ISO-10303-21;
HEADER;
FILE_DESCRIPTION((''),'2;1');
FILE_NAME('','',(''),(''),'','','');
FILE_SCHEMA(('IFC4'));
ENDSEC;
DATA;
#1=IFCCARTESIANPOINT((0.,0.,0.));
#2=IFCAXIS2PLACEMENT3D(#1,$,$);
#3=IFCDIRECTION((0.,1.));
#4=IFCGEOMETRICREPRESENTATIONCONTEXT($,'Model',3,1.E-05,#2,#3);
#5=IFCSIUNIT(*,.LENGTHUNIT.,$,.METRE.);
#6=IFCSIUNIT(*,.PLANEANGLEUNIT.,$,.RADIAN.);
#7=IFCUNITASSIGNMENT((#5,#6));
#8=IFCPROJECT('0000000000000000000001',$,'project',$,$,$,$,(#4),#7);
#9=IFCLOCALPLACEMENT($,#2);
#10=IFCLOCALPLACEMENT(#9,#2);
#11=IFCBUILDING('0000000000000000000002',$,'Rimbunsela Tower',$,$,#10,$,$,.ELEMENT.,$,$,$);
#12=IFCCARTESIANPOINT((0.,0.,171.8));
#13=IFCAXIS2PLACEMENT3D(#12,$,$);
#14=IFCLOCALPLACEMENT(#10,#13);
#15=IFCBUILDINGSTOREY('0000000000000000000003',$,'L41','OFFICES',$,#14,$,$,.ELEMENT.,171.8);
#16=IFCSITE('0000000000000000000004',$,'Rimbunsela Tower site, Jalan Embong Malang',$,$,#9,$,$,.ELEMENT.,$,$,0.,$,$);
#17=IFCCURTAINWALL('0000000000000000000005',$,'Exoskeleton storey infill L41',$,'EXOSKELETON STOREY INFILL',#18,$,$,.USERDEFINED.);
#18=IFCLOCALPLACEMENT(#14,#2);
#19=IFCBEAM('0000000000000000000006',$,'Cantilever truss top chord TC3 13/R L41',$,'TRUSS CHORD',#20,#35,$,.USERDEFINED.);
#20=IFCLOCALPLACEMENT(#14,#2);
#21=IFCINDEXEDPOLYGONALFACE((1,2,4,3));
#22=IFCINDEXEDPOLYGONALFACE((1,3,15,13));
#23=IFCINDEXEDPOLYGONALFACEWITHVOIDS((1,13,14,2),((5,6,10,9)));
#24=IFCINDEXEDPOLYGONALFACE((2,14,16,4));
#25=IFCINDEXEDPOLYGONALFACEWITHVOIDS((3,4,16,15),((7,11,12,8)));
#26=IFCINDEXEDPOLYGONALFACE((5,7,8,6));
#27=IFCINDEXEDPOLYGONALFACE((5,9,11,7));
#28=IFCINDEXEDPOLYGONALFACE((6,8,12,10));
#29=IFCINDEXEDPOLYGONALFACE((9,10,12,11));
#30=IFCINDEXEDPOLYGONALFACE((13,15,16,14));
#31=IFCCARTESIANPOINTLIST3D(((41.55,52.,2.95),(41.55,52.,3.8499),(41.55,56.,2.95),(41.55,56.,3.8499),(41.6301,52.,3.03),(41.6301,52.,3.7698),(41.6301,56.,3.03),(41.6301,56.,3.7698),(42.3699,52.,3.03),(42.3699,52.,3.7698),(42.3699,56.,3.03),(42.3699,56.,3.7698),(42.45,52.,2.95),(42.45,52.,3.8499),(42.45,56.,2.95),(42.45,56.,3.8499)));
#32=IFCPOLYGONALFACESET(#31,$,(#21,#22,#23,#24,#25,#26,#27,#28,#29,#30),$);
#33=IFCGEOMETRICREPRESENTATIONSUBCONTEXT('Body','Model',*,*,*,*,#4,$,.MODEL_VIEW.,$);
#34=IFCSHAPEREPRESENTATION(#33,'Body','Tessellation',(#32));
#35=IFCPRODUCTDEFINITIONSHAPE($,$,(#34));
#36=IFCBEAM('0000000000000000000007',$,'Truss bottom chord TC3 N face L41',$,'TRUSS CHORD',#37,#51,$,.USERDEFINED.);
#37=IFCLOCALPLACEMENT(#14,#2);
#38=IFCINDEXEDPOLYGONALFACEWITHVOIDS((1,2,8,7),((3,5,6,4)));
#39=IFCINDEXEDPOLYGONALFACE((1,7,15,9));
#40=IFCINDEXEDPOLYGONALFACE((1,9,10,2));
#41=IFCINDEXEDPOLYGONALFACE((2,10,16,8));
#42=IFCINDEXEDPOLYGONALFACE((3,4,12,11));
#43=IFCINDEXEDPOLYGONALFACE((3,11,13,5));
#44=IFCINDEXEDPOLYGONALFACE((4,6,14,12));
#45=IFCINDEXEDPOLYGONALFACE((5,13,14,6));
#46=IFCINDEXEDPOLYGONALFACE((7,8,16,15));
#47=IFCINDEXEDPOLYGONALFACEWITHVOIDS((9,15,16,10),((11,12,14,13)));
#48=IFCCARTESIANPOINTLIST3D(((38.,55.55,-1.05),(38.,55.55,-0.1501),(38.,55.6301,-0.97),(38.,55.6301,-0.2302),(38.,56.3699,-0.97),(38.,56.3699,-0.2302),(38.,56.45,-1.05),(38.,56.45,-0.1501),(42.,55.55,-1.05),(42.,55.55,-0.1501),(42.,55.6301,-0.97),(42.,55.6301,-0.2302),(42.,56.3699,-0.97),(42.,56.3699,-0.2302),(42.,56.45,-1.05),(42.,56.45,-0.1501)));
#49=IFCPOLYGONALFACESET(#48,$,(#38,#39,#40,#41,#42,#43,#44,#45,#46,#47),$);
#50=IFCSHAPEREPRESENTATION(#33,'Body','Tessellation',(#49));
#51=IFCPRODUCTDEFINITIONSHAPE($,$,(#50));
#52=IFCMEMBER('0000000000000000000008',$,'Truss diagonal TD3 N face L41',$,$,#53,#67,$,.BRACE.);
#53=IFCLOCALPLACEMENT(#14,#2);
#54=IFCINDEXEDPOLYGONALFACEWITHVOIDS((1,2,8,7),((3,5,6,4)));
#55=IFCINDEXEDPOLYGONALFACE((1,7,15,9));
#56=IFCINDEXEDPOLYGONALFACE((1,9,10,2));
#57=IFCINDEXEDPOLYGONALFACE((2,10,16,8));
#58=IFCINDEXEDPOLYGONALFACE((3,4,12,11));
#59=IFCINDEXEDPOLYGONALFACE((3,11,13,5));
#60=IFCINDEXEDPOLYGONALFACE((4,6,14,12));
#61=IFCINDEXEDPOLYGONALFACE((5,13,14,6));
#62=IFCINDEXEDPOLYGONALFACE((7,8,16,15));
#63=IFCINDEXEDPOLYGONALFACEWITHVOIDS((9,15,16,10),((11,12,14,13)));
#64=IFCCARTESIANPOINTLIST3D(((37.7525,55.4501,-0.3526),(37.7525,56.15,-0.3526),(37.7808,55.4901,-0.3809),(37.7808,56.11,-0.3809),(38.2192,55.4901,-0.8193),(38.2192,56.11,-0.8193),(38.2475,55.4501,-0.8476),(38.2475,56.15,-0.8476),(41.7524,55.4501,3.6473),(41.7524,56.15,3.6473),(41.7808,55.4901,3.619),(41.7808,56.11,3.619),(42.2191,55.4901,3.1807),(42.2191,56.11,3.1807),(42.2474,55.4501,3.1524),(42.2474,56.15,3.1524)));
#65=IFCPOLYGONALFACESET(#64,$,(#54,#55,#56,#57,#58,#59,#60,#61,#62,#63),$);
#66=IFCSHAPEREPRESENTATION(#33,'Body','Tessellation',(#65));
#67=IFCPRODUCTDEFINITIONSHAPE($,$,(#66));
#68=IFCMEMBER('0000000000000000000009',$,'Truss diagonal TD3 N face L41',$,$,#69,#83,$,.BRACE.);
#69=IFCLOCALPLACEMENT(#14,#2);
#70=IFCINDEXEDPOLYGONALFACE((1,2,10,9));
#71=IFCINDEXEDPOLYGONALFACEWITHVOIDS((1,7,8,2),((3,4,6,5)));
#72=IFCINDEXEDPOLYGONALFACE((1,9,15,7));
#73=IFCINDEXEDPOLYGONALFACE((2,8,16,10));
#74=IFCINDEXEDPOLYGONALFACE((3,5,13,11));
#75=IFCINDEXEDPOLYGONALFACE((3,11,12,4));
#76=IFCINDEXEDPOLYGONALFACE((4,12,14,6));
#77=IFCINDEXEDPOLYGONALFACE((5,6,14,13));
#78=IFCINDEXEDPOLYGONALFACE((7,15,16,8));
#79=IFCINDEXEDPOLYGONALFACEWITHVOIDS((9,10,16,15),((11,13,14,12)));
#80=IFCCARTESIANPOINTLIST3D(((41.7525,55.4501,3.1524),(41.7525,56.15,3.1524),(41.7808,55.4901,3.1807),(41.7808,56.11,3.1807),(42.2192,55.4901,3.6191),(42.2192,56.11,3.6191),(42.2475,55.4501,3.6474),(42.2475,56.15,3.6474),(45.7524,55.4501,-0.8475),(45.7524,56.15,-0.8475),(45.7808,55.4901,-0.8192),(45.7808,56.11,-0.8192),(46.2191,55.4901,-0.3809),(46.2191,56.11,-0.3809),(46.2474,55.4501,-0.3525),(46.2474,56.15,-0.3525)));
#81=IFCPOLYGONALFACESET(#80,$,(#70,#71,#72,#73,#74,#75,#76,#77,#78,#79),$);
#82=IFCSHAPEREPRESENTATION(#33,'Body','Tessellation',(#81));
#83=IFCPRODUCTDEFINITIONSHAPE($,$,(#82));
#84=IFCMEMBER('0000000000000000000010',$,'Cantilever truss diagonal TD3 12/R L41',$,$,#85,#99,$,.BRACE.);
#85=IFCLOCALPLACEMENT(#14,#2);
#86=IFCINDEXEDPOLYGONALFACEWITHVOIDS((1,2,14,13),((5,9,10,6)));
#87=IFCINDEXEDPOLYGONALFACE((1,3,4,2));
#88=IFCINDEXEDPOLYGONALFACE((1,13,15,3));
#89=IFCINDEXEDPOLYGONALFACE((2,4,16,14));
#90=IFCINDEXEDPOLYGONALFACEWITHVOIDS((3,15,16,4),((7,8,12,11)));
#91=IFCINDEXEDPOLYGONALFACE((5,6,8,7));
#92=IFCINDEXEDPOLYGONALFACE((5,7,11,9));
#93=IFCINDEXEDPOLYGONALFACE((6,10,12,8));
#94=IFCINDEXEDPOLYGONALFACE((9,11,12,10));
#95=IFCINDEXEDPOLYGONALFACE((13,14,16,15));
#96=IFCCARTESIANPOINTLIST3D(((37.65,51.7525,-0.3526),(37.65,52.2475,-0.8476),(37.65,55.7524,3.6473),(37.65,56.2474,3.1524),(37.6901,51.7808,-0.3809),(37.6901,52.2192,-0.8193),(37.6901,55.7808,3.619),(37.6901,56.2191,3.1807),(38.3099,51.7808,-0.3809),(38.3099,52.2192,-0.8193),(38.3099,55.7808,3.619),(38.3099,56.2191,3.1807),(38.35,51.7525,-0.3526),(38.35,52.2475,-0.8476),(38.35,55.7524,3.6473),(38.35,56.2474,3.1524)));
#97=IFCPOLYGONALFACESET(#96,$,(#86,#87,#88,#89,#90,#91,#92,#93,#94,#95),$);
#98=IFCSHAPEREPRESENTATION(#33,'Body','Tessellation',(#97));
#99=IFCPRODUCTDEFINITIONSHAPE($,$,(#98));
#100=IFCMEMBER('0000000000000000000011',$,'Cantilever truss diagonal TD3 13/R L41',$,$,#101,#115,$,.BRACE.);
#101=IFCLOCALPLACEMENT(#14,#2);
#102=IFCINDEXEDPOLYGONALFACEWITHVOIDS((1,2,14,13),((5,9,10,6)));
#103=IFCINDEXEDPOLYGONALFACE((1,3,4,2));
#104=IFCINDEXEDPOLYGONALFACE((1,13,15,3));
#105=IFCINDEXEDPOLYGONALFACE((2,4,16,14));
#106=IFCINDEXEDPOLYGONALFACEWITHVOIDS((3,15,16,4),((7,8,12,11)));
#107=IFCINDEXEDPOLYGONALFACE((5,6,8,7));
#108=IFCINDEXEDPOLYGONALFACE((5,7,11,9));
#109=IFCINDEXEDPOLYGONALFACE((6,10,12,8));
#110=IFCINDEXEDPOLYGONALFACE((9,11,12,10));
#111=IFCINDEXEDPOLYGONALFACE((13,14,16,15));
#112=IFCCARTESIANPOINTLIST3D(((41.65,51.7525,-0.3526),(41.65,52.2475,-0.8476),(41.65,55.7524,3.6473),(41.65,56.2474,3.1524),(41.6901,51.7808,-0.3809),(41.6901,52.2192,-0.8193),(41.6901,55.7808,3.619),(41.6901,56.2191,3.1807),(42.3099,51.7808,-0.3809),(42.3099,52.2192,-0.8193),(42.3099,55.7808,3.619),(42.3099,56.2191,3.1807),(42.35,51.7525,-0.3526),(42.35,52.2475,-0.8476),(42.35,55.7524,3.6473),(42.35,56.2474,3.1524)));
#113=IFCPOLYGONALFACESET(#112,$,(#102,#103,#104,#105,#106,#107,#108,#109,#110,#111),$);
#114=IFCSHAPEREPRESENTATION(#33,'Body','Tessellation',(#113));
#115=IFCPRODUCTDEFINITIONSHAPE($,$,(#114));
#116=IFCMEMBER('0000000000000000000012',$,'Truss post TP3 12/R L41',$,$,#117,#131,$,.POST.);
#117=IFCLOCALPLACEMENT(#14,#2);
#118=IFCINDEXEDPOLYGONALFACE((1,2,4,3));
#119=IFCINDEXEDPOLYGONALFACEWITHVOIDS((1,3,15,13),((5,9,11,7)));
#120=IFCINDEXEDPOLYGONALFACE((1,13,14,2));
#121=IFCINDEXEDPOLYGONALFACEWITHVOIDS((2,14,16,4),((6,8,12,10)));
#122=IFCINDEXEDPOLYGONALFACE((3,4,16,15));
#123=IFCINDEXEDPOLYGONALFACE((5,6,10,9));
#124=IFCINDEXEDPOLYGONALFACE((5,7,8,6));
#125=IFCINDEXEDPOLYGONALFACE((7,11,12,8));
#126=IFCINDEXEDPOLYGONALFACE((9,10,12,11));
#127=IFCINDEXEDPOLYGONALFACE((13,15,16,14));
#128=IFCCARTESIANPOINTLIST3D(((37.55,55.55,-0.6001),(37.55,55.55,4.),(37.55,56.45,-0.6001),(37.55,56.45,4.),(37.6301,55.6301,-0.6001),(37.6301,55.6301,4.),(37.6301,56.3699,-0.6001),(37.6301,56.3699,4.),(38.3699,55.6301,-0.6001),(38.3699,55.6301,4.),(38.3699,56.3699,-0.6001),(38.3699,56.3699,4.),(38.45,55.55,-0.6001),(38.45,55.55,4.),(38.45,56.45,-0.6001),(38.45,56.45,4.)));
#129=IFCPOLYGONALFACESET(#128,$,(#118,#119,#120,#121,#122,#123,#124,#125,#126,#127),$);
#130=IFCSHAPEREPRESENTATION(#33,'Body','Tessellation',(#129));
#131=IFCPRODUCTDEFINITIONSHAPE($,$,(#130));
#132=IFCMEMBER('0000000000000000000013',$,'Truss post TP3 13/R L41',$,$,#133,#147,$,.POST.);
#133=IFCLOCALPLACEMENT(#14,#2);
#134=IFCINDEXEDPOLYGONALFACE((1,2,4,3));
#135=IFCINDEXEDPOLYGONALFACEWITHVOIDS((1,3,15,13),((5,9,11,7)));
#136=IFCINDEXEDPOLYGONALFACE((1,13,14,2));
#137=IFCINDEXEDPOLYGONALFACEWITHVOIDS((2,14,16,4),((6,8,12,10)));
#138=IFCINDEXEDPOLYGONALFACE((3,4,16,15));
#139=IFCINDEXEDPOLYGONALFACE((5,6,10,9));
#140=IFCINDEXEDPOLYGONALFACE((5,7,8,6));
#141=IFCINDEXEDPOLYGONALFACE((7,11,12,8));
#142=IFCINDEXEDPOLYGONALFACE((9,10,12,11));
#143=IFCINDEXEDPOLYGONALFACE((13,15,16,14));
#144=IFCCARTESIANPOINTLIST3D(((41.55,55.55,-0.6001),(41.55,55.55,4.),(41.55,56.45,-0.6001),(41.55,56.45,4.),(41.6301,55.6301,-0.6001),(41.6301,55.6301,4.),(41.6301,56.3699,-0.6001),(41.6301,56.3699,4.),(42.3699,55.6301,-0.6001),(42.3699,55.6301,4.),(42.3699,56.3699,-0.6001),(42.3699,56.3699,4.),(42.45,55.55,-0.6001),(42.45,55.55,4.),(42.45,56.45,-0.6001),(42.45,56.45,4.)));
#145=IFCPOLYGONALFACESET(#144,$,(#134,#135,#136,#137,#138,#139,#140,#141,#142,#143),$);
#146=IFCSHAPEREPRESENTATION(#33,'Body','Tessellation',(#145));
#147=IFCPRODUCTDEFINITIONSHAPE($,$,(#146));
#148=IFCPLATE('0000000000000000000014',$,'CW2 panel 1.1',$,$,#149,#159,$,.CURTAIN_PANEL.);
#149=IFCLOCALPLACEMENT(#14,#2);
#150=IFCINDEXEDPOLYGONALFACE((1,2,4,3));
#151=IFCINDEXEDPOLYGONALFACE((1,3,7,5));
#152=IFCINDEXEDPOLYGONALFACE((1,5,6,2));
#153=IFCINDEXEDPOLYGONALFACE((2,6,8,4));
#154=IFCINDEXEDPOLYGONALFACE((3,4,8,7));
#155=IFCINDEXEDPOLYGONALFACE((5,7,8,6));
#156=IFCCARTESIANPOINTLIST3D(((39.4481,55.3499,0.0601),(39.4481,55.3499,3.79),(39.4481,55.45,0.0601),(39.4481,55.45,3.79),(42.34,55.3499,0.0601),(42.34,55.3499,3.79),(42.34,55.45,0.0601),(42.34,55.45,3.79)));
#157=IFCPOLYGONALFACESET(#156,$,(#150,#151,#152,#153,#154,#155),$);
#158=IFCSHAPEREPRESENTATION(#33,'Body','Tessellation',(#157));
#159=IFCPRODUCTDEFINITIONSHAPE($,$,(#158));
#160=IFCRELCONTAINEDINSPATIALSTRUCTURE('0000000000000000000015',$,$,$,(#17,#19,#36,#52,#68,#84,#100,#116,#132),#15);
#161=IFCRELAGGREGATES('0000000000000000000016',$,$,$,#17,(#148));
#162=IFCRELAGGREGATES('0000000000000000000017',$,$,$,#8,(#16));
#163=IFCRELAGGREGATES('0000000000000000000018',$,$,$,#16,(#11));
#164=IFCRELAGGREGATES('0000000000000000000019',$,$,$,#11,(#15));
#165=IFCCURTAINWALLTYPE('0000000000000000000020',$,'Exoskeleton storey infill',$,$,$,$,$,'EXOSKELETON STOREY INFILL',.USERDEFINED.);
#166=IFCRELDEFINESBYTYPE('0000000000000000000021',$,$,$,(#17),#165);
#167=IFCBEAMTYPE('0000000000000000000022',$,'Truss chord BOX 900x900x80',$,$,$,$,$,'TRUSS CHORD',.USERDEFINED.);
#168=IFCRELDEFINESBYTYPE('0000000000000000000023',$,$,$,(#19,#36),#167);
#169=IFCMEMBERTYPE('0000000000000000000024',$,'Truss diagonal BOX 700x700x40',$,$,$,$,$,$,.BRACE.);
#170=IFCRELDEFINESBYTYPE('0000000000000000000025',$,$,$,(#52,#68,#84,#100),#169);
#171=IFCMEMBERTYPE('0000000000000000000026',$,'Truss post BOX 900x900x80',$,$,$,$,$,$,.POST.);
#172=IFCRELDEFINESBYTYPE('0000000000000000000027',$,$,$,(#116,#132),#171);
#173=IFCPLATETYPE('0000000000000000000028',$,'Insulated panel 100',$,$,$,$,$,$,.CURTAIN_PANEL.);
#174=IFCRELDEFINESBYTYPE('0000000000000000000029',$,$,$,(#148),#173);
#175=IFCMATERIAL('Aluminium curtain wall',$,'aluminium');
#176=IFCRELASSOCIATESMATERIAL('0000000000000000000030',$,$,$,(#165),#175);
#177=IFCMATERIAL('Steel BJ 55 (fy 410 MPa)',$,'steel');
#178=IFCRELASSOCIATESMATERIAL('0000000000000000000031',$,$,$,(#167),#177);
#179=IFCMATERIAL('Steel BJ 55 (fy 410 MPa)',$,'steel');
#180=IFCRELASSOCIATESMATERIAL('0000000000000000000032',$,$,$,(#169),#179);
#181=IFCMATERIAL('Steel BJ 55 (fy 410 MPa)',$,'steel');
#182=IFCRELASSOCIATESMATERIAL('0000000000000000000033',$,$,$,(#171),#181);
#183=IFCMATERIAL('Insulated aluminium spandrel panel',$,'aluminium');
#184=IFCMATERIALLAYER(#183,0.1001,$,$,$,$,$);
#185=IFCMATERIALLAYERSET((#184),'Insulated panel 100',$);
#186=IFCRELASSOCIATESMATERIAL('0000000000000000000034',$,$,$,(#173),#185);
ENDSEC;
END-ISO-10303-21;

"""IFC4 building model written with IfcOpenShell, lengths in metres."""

from ifc_helpers import new_model, si_unit, direction, frame, origin, origin_2d, place, context, subcontext, project, spatial, rectangle, hollow_rectangle, extrude, material, layer, layer_set, material_profile, profile_set, type_object, element, aggregate, save


model = new_model("IFC4")

# Units and contexts
model_context = context("Model", 3, precision=1e-05, world=origin(), true_north=direction((0.0, 1.0)))
body_context = subcontext(model_context, "Body", "Model", "MODEL_VIEW")
ifc_project = project(units=[si_unit("LENGTHUNIT", "METRE"), si_unit("PLANEANGLEUNIT", "RADIAN")], contexts=[model_context])

# Site, building, storey
site_placement = place(None, origin())
site = spatial("IfcSite", under=ifc_project, at=site_placement, Name="Rimbunsela Tower site, Jalan Embong Malang", CompositionType="ELEMENT", RefElevation=0.0)
building_placement = place(site_placement, origin())
building = spatial("IfcBuilding", under=site, at=building_placement, Name="Rimbunsela Tower", CompositionType="ELEMENT")
storey_placement = place(building_placement, frame((0.0, 0.0, 171.8)))
storey = spatial("IfcBuildingStorey", under=building, at=storey_placement, Name="L41", Description="OFFICES", CompositionType="ELEMENT", Elevation=171.8)

# Curtain wall
ifc_material_1 = material(Name="Aluminium curtain wall", Category="aluminium")
curtain_wall_type = type_object("IfcCurtainWallType", Name="Exoskeleton storey infill", ElementType="EXOSKELETON STOREY INFILL", PredefinedType="USERDEFINED", material=ifc_material_1)
curtain_wall_placement = place(storey_placement, origin())
curtain_wall = element("IfcCurtainWall", 1, at=curtain_wall_placement, inside=storey, type_object=curtain_wall_type, Name="Exoskeleton storey infill L41", ObjectType="EXOSKELETON STOREY INFILL", PredefinedType="USERDEFINED")

# Beams
ifc_material_2 = material(Name="Steel BJ 55 (fy 410 MPa)", Category="steel")
ifc_material_profile_1 = material_profile(ifc_material_2, hollow_rectangle(XDim=0.8999, YDim=0.8999, WallThickness=0.0801, at=origin_2d()), Name="BOX 900x900x80")
ifc_profile_set_1 = profile_set([ifc_material_profile_1], Name="Steel BJ 55 (fy 410 MPa)")
beam_type_1 = type_object("IfcBeamType", Name="Truss chord BOX 900x900x80", ElementType="TRUSS CHORD", PredefinedType="USERDEFINED", material=ifc_profile_set_1)
for number, where, z_axis, x_axis, name in (
    (2, (42.0, 52.0, 3.3999), (0.0, 1.0, 0.0), (-1.0, 0.0, 0.0), "Cantilever truss top chord TC3 13/R L41"),
    (3, (38.0, 56.0, -0.6001), (1.0, 0.0, 0.0), (0.0, 1.0, 0.0), "Truss bottom chord TC3 N face L41"),
):
    element("IfcBeam", number, at=place(storey_placement, frame(where, z_axis=z_axis, x_axis=x_axis)), inside=storey, type_object=beam_type_1, Name=name, ObjectType="TRUSS CHORD", PredefinedType="USERDEFINED", context=body_context, shape_type="SweptSolid", body=[
        extrude(hollow_rectangle(XDim=0.8999, YDim=0.8999, WallThickness=0.0801, at=origin_2d()), origin(), (0.0, 0.0, 1.0), 4.0),
    ])

# Members
ifc_material_3 = material(Name="Steel BJ 55 (fy 410 MPa)", Category="steel")
ifc_material_profile_2 = material_profile(ifc_material_3, hollow_rectangle(XDim=0.7, YDim=0.7, WallThickness=0.04, at=origin_2d()), Name="BOX 700x700x40")
ifc_profile_set_2 = profile_set([ifc_material_profile_2], Name="Steel BJ 55 (fy 410 MPa)")
member_type_1 = type_object("IfcMemberType", Name="Truss diagonal BOX 700x700x40", PredefinedType="BRACE", material=ifc_profile_set_2)
for number, where, z_axis, x_axis, name in (
    (4, (38.0, 55.8, -0.6001), (0.707107, 0.0, 0.707107), (0.0, 1.0, 0.0), "Truss diagonal TD3 N face L41"),
    (5, (42.0, 55.8, 3.3999), (0.707107, 0.0, -0.707107), (0.0, 1.0, 0.0), "Truss diagonal TD3 N face L41"),
    (6, (38.0, 52.0, -0.6001), (0.0, 0.707107, 0.707107), (-1.0, 0.0, 0.0), "Cantilever truss diagonal TD3 12/R L41"),
    (7, (42.0, 52.0, -0.6001), (0.0, 0.707107, 0.707107), (-1.0, 0.0, 0.0), "Cantilever truss diagonal TD3 13/R L41"),
):
    element("IfcMember", number, at=place(storey_placement, frame(where, z_axis=z_axis, x_axis=x_axis)), inside=storey, type_object=member_type_1, Name=name, PredefinedType="BRACE", context=body_context, shape_type="SweptSolid", body=[
        extrude(hollow_rectangle(XDim=0.7, YDim=0.7, WallThickness=0.04, at=origin_2d()), origin(), (0.0, 0.0, 1.0), 5.6567),
    ])
ifc_material_4 = material(Name="Steel BJ 55 (fy 410 MPa)", Category="steel")
ifc_material_profile_3 = material_profile(ifc_material_4, hollow_rectangle(XDim=0.8999, YDim=0.8999, WallThickness=0.0801, at=origin_2d()), Name="BOX 900x900x80")
ifc_profile_set_3 = profile_set([ifc_material_profile_3], Name="Steel BJ 55 (fy 410 MPa)")
member_type_2 = type_object("IfcMemberType", Name="Truss post BOX 900x900x80", PredefinedType="POST", material=ifc_profile_set_3)
for number, where, z_axis, x_axis, name in (
    (8, (38.0, 56.0, -0.6001), (0.0, 0.0, 1.0), (1.0, 0.0, 0.0), "Truss post TP3 12/R L41"),
    (9, (42.0, 56.0, -0.6001), (0.0, 0.0, 1.0), (1.0, 0.0, 0.0), "Truss post TP3 13/R L41"),
):
    element("IfcMember", number, at=place(storey_placement, frame(where, z_axis=z_axis, x_axis=x_axis)), inside=storey, type_object=member_type_2, Name=name, PredefinedType="POST", context=body_context, shape_type="SweptSolid", body=[
        extrude(hollow_rectangle(XDim=0.8999, YDim=0.8999, WallThickness=0.0801, at=origin_2d()), origin(), (0.0, 0.0, 1.0), 4.6001),
    ])

# Plate
ifc_material_5 = material(Name="Insulated aluminium spandrel panel", Category="aluminium")
ifc_layer = layer(ifc_material_5, 0.1001)
ifc_layer_set = layer_set([ifc_layer], Name="Insulated panel 100")
plate_type = type_object("IfcPlateType", Name="Insulated panel 100", PredefinedType="CURTAIN_PANEL", material=ifc_layer_set)
plate_placement = place(storey_placement, frame((40.894, 55.3999, 0.0601), z_axis=(0.0, 0.0, 1.0), x_axis=(-1.0, 0.0, 0.0)))
plate = element("IfcPlate", 10, at=plate_placement, type_object=plate_type, Name="CW2 panel 1.1", PredefinedType="CURTAIN_PANEL", context=body_context, shape_type="SweptSolid", body=[
    extrude(rectangle(XDim=2.8918, YDim=0.1001, at=origin_2d()), origin(), (0.0, 0.0, 1.0), 3.73),
])
aggregate(curtain_wall, [plate])

save(model, "model.ifc")
